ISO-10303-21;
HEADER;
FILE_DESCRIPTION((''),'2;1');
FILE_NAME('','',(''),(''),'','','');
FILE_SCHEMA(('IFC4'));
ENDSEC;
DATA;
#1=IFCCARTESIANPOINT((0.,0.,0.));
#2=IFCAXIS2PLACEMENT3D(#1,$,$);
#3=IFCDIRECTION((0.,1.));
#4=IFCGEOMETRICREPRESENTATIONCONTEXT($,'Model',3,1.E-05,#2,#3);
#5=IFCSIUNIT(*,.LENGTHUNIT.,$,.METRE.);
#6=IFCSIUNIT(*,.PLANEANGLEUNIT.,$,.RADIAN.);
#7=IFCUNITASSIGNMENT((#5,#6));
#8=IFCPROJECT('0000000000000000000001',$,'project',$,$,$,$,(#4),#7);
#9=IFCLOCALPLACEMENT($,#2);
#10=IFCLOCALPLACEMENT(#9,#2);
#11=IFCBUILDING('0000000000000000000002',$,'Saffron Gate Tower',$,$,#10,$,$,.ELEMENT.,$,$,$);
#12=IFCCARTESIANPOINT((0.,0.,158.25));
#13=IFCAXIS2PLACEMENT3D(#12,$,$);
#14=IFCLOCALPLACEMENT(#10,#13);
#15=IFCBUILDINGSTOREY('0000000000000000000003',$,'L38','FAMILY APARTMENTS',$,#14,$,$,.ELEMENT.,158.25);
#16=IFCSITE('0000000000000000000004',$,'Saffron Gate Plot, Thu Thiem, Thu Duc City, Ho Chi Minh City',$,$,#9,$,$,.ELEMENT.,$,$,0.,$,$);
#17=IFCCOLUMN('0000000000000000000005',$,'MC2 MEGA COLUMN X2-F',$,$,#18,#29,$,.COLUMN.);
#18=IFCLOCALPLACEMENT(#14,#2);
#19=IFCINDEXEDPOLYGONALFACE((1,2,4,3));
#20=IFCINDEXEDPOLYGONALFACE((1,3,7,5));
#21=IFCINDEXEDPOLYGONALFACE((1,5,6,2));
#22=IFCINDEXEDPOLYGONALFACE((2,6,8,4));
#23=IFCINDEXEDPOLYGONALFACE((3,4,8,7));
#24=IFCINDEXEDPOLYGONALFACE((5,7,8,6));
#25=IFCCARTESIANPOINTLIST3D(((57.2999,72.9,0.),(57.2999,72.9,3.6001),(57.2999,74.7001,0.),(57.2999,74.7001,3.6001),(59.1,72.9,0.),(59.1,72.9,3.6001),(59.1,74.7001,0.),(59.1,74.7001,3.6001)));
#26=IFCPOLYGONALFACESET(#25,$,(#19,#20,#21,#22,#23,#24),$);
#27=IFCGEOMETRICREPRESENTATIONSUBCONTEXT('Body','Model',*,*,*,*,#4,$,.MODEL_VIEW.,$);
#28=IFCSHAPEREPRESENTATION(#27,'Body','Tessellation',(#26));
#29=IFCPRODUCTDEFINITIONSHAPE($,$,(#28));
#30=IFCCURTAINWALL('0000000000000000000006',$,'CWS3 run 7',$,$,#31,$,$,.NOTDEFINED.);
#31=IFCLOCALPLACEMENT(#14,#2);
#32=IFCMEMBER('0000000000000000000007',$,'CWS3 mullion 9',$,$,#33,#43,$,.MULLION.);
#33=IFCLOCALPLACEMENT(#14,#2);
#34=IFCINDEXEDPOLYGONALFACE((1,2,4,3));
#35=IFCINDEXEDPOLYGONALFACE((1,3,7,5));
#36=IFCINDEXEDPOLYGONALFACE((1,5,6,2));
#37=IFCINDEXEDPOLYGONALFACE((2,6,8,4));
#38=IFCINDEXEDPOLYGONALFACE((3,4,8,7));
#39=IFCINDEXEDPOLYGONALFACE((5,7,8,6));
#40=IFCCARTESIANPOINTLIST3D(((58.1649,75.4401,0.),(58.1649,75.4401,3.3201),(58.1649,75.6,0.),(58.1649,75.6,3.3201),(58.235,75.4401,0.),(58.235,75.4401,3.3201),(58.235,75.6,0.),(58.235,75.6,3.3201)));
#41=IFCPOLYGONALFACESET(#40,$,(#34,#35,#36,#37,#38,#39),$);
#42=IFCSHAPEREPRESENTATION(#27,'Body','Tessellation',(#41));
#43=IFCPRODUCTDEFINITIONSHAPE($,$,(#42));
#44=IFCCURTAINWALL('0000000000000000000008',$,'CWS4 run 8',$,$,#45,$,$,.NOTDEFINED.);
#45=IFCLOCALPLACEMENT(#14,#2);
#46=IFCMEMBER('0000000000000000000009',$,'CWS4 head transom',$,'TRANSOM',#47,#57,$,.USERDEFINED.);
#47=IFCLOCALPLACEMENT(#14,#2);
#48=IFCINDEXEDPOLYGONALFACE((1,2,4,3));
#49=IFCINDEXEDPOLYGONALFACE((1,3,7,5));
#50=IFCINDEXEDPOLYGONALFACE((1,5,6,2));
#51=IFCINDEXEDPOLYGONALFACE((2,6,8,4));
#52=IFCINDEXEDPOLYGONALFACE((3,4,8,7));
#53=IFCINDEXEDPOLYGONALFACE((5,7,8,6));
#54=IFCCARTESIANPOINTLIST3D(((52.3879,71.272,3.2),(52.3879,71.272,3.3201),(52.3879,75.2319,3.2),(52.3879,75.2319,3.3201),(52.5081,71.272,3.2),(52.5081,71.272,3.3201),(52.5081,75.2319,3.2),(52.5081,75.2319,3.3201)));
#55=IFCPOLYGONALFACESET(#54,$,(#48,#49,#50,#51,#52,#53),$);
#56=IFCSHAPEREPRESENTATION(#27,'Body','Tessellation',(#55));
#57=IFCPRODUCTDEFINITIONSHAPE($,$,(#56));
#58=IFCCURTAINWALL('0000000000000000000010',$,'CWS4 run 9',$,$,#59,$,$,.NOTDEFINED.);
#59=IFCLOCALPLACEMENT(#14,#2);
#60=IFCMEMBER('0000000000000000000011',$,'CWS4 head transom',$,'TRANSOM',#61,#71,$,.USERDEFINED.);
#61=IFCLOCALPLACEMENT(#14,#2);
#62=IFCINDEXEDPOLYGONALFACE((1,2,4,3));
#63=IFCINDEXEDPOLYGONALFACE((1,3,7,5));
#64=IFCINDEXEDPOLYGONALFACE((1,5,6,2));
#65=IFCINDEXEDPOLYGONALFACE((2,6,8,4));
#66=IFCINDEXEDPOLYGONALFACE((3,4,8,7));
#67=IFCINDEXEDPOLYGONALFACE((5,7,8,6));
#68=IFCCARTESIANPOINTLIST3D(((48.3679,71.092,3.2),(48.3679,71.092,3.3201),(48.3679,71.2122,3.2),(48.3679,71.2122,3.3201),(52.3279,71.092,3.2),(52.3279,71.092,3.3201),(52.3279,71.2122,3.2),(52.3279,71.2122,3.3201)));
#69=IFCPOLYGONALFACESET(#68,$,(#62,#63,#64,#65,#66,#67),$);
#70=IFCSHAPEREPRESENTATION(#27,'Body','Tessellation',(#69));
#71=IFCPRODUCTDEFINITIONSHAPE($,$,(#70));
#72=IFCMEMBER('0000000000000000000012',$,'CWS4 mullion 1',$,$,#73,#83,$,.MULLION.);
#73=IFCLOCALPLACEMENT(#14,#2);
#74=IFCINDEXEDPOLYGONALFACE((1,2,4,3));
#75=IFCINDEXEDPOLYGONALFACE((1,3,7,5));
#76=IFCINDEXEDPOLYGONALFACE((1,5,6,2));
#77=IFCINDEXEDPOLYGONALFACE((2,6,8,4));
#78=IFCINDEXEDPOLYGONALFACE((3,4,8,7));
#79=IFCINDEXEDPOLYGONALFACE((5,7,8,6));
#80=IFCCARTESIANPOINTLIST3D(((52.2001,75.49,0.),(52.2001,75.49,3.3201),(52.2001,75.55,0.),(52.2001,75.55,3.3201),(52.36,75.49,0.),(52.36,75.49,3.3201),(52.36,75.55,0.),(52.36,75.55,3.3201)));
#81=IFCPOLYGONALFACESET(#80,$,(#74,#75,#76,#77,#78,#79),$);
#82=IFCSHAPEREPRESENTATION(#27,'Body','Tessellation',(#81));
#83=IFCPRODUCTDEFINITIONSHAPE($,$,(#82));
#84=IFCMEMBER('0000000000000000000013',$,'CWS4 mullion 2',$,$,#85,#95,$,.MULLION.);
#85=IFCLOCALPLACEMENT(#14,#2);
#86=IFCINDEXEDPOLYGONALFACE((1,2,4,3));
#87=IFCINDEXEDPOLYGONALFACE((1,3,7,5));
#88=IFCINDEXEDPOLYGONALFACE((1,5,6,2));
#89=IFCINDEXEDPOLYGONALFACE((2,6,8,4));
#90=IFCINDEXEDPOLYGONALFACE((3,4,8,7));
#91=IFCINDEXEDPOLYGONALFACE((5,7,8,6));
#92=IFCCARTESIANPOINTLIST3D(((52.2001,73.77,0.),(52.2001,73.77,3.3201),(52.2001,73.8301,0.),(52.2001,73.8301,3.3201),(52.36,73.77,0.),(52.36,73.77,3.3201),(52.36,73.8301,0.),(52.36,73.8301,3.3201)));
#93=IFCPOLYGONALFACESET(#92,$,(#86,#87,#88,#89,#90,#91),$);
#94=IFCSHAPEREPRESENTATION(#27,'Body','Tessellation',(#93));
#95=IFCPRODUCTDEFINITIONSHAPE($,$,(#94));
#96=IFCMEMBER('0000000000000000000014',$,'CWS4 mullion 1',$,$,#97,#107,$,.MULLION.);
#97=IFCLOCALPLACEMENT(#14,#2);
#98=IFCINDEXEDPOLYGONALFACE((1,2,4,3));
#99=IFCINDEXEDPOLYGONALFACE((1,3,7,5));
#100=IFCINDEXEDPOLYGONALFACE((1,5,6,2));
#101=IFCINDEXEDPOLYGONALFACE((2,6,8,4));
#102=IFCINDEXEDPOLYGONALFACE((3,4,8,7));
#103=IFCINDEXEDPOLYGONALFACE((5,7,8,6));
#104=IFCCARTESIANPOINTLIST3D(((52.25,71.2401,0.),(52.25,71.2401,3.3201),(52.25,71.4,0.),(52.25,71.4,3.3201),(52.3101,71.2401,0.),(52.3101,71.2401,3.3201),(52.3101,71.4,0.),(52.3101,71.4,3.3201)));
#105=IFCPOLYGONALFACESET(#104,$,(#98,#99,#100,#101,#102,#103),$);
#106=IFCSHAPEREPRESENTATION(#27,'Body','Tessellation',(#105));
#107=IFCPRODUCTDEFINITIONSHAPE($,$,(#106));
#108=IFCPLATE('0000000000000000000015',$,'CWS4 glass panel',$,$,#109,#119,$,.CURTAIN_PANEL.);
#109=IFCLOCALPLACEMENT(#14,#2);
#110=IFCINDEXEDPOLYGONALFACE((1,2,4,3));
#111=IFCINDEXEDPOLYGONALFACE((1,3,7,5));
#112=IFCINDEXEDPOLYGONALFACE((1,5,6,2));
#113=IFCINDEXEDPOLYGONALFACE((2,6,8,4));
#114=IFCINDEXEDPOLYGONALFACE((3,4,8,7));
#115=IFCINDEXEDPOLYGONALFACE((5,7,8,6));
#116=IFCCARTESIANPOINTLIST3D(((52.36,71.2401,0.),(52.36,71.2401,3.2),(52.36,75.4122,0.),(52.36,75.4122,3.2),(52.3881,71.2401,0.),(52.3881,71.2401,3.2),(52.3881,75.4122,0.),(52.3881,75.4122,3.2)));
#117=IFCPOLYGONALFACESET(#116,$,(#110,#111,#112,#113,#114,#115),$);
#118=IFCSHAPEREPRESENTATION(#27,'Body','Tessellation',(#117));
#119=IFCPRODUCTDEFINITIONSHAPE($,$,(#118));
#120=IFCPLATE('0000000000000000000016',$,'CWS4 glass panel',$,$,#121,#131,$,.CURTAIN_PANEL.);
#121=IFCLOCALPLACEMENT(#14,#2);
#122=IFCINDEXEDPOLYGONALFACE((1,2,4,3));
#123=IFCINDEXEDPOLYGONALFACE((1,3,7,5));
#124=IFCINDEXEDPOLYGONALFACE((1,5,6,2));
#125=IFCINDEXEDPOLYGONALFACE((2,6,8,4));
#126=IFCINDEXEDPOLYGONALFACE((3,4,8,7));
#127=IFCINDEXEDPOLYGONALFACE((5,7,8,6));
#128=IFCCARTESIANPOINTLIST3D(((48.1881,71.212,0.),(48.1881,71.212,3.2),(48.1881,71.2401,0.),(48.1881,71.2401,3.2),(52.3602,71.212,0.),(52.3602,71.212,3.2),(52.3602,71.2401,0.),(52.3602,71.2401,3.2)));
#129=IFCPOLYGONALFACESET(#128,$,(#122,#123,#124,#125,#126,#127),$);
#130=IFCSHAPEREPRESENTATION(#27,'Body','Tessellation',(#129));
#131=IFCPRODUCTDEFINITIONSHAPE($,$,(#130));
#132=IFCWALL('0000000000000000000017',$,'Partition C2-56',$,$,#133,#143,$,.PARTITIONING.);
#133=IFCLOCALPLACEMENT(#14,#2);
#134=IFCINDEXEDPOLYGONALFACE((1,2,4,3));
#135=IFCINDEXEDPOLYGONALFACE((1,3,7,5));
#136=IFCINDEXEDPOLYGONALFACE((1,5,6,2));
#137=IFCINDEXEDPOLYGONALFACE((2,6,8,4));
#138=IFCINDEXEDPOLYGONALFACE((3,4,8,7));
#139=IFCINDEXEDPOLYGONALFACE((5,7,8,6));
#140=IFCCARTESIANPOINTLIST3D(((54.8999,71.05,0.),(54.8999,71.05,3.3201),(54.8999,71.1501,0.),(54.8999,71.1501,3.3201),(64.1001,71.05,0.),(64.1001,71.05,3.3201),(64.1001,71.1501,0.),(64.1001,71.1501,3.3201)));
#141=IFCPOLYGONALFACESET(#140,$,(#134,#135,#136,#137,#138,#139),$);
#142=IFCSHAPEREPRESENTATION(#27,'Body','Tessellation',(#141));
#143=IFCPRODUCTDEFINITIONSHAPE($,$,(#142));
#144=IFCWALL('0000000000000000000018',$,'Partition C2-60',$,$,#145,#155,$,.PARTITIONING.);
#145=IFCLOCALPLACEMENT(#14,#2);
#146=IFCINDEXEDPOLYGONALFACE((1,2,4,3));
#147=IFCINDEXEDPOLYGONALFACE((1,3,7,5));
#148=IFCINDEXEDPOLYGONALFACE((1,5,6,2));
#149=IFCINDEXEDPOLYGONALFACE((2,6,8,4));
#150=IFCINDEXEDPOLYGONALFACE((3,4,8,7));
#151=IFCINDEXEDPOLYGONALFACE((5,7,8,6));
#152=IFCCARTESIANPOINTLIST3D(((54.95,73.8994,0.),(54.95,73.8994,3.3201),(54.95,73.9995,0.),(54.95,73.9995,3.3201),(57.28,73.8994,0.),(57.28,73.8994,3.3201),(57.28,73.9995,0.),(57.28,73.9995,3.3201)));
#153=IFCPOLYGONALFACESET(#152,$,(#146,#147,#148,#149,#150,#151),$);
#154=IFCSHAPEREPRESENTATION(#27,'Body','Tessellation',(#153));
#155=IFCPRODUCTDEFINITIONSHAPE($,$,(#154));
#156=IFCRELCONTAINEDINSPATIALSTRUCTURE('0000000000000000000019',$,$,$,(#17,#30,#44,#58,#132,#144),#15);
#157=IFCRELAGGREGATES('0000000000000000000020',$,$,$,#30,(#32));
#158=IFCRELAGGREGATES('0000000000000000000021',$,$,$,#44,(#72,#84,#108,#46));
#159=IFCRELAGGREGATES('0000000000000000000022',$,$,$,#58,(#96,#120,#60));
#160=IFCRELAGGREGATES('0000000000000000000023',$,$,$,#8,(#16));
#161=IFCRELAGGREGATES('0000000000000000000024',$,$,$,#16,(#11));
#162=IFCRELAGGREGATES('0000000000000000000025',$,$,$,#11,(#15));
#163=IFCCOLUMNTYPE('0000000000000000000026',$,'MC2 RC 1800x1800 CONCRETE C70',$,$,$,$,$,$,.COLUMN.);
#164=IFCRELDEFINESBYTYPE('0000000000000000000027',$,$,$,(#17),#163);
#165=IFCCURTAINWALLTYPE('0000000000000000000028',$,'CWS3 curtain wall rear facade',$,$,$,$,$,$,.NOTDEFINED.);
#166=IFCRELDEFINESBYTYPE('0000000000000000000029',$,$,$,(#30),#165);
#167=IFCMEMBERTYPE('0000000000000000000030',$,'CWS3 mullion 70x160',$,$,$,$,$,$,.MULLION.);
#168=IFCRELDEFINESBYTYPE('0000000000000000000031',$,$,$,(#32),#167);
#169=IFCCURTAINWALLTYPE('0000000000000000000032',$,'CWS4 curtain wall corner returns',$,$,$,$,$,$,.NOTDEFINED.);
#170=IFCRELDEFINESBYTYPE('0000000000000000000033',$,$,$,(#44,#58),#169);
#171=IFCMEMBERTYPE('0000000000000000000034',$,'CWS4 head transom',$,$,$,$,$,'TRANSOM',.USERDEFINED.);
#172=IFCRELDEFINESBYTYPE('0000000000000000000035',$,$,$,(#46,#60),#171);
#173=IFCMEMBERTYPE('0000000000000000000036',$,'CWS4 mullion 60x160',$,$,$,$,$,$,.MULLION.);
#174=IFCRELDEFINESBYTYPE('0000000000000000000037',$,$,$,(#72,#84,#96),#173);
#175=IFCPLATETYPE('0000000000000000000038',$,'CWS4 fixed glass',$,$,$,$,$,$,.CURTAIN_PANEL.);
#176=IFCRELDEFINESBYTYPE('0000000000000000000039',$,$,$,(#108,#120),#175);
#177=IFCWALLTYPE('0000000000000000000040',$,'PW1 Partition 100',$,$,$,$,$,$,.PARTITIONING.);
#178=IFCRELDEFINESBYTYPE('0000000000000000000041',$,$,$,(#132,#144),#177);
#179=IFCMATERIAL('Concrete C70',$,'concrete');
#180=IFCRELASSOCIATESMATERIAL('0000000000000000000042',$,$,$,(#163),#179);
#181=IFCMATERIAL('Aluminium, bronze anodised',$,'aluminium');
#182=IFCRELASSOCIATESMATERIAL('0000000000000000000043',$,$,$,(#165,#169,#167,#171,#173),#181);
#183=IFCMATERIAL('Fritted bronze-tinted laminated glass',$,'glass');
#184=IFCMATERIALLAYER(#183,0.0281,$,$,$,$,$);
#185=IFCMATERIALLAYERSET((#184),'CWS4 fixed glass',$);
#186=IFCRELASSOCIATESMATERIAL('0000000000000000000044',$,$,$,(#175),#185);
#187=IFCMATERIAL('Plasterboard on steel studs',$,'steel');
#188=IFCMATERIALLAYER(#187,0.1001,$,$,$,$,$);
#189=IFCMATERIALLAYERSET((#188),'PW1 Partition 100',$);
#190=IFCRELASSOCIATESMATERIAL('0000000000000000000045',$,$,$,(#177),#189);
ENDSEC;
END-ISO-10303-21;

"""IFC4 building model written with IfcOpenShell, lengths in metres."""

from ifc_helpers import new_model, si_unit, direction, frame, frame_2d, origin, origin_2d, place, context, subcontext, project, spatial, rectangle, extrude, material, layer, layer_set, material_profile, profile_set, type_object, element, aggregate, save


model = new_model("IFC4")

# Units and contexts
model_context = context("Model", 3, precision=1e-05, world=origin(), true_north=direction((0.0, 1.0)))
body_context = subcontext(model_context, "Body", "Model", "MODEL_VIEW")
ifc_project = project(units=[si_unit("LENGTHUNIT", "METRE"), si_unit("PLANEANGLEUNIT", "RADIAN")], contexts=[model_context])

# Site, building, storey
site_placement = place(None, origin())
site = spatial("IfcSite", under=ifc_project, at=site_placement, Name="Saffron Gate Plot, Thu Thiem, Thu Duc City, Ho Chi Minh City", CompositionType="ELEMENT", RefElevation=0.0)
building_placement = place(site_placement, origin())
building = spatial("IfcBuilding", under=site, at=building_placement, Name="Saffron Gate Tower", CompositionType="ELEMENT")
storey_placement = place(building_placement, frame((0.0, 0.0, 158.25)))
storey = spatial("IfcBuildingStorey", under=building, at=storey_placement, Name="L38", Description="FAMILY APARTMENTS", CompositionType="ELEMENT", Elevation=158.25)

# Column
ifc_material_1 = material(Name="Concrete C70", Category="concrete")
ifc_material_profile_1 = material_profile(ifc_material_1, rectangle(XDim=1.8, YDim=1.8, at=origin_2d()))
ifc_profile_set_1 = profile_set([ifc_material_profile_1], Name="Concrete C70")
column_type = type_object("IfcColumnType", Name="MC2 RC 1800x1800 CONCRETE C70", PredefinedType="COLUMN", material=ifc_profile_set_1)
column_placement = place(storey_placement, frame((58.2, 73.8, 0.0), z_axis=(0.0, 0.0, 1.0), x_axis=(1.0, 0.0, 0.0)))
element("IfcColumn", 1, at=column_placement, inside=storey, type_object=column_type, Name="MC2 MEGA COLUMN X2-F", PredefinedType="COLUMN", context=body_context, shape_type="SweptSolid", body=[
    extrude(rectangle(XDim=1.8, YDim=1.8, at=origin_2d()), origin(), (0.0, 0.0, 1.0), 3.6001),
])

# Curtain walls, members
ifc_material_2 = material(Name="Aluminium, bronze anodised", Category="aluminium")
curtain_wall_type_1 = type_object("IfcCurtainWallType", Name="CWS3 curtain wall rear facade", PredefinedType="NOTDEFINED", material=ifc_material_2)
curtain_wall_1_placement = place(storey_placement, origin())
curtain_wall_1 = element("IfcCurtainWall", 2, at=curtain_wall_1_placement, inside=storey, type_object=curtain_wall_type_1, Name="CWS3 run 7", PredefinedType="NOTDEFINED")
ifc_material_profile_2 = material_profile(ifc_material_2, rectangle(XDim=0.1599, YDim=0.0701, at=origin_2d()))
ifc_profile_set_2 = profile_set([ifc_material_profile_2], Name="Aluminium, bronze anodised")
member_type_1 = type_object("IfcMemberType", Name="CWS3 mullion 70x160", PredefinedType="MULLION", material=ifc_profile_set_2)
member_1_placement = place(storey_placement, frame((58.2, 75.52, 0.0), z_axis=(0.0, 0.0, 1.0), x_axis=(0.0, -1.0, 0.0)))
member_1 = element("IfcMember", 3, at=member_1_placement, type_object=member_type_1, Name="CWS3 mullion 9", PredefinedType="MULLION", context=body_context, shape_type="SweptSolid", body=[
    extrude(rectangle(XDim=0.1599, YDim=0.0701, at=origin_2d()), origin(), (0.0, 0.0, 1.0), 3.3201),
])
aggregate(curtain_wall_1, [member_1])
curtain_wall_type_2 = type_object("IfcCurtainWallType", Name="CWS4 curtain wall corner returns", PredefinedType="NOTDEFINED", material=ifc_material_2)
curtain_wall_2_placement = place(storey_placement, origin())
curtain_wall_2 = element("IfcCurtainWall", 4, at=curtain_wall_2_placement, inside=storey, type_object=curtain_wall_type_2, Name="CWS4 run 8", PredefinedType="NOTDEFINED")
ifc_material_profile_3 = material_profile(ifc_material_2, rectangle(XDim=0.1201, YDim=0.1201, at=origin_2d()))
ifc_profile_set_3 = profile_set([ifc_material_profile_3], Name="Aluminium, bronze anodised")
member_type_2 = type_object("IfcMemberType", Name="CWS4 head transom", ElementType="TRANSOM", PredefinedType="USERDEFINED", material=ifc_profile_set_3)
member_2_placement = place(storey_placement, frame((52.448, 75.2319, 3.26), z_axis=(0.0, -1.0, 0.0), x_axis=(1.0, 0.0, 0.0)))
member_2 = element("IfcMember", 5, at=member_2_placement, type_object=member_type_2, Name="CWS4 head transom", ObjectType="TRANSOM", PredefinedType="USERDEFINED", context=body_context, shape_type="SweptSolid", body=[
    extrude(rectangle(XDim=0.1201, YDim=0.1201, at=origin_2d()), origin(), (0.0, 0.0, 1.0), 3.96),
])
curtain_wall_3_placement = place(storey_placement, origin())
curtain_wall_3 = element("IfcCurtainWall", 6, at=curtain_wall_3_placement, inside=storey, type_object=curtain_wall_type_2, Name="CWS4 run 9", PredefinedType="NOTDEFINED")
member_3_placement = place(storey_placement, frame((52.3279, 71.1521, 3.26), z_axis=(-1.0, 0.0, 0.0), x_axis=(0.0, -1.0, 0.0)))
member_3 = element("IfcMember", 7, at=member_3_placement, type_object=member_type_2, Name="CWS4 head transom", ObjectType="TRANSOM", PredefinedType="USERDEFINED", context=body_context, shape_type="SweptSolid", body=[
    extrude(rectangle(XDim=0.1201, YDim=0.1201, at=origin_2d()), origin(), (0.0, 0.0, 1.0), 3.96),
])

# Members
ifc_material_profile_4 = material_profile(ifc_material_2, rectangle(XDim=0.1599, YDim=0.0601, at=origin_2d()))
ifc_profile_set_4 = profile_set([ifc_material_profile_4], Name="Aluminium, bronze anodised")
member_type_3 = type_object("IfcMemberType", Name="CWS4 mullion 60x160", PredefinedType="MULLION", material=ifc_profile_set_4)
member_4_placement = place(storey_placement, frame((52.28, 75.52, 0.0), z_axis=(0.0, 0.0, 1.0), x_axis=(1.0, 0.0, 0.0)))
member_4 = element("IfcMember", 8, at=member_4_placement, type_object=member_type_3, Name="CWS4 mullion 1", PredefinedType="MULLION", context=body_context, shape_type="SweptSolid", body=[
    extrude(rectangle(XDim=0.1599, YDim=0.0601, at=origin_2d()), origin(), (0.0, 0.0, 1.0), 3.3201),
])
member_5_placement = place(storey_placement, frame((52.28, 73.8, 0.0), z_axis=(0.0, 0.0, 1.0), x_axis=(1.0, 0.0, 0.0)))
member_5 = element("IfcMember", 9, at=member_5_placement, type_object=member_type_3, Name="CWS4 mullion 2", PredefinedType="MULLION", context=body_context, shape_type="SweptSolid", body=[
    extrude(rectangle(XDim=0.1599, YDim=0.0601, at=origin_2d()), origin(), (0.0, 0.0, 1.0), 3.3201),
])
member_6_placement = place(storey_placement, frame((52.28, 71.3201, 0.0), z_axis=(0.0, 0.0, 1.0), x_axis=(0.0, -1.0, 0.0)))
member_6 = element("IfcMember", 10, at=member_6_placement, type_object=member_type_3, Name="CWS4 mullion 1", PredefinedType="MULLION", context=body_context, shape_type="SweptSolid", body=[
    extrude(rectangle(XDim=0.1599, YDim=0.0601, at=origin_2d()), origin(), (0.0, 0.0, 1.0), 3.3201),
])

# Plates
ifc_material_3 = material(Name="Fritted bronze-tinted laminated glass", Category="glass")
ifc_layer_1 = layer(ifc_material_3, 0.0281)
ifc_layer_set_1 = layer_set([ifc_layer_1], Name="CWS4 fixed glass")
plate_type = type_object("IfcPlateType", Name="CWS4 fixed glass", PredefinedType="CURTAIN_PANEL", material=ifc_layer_set_1)
plate_1_placement = place(storey_placement, frame((52.374, 75.4121, 0.0), z_axis=(0.0, 0.0, 1.0), x_axis=(0.0, -1.0, 0.0)))
plate_1 = element("IfcPlate", 11, at=plate_1_placement, type_object=plate_type, Name="CWS4 glass panel", PredefinedType="CURTAIN_PANEL", context=body_context, shape_type="SweptSolid", body=[
    extrude(rectangle(XDim=4.1721, YDim=0.0281, at=frame_2d((2.0859, 0.0))), origin(), (0.0, 0.0, 1.0), 3.2),
])
aggregate(curtain_wall_2, [member_4, member_5, plate_1, member_2])
plate_2_placement = place(storey_placement, frame((52.3601, 71.2261, 0.0), z_axis=(0.0, 0.0, 1.0), x_axis=(-1.0, 0.0, 0.0)))
plate_2 = element("IfcPlate", 12, at=plate_2_placement, type_object=plate_type, Name="CWS4 glass panel", PredefinedType="CURTAIN_PANEL", context=body_context, shape_type="SweptSolid", body=[
    extrude(rectangle(XDim=4.1721, YDim=0.0281, at=frame_2d((2.0859, 0.0))), origin(), (0.0, 0.0, 1.0), 3.2),
])
aggregate(curtain_wall_3, [member_6, plate_2, member_3])

# Walls
ifc_material_4 = material(Name="Plasterboard on steel studs", Category="steel")
ifc_layer_2 = layer(ifc_material_4, 0.1001)
ifc_layer_set_2 = layer_set([ifc_layer_2], Name="PW1 Partition 100")
wall_type = type_object("IfcWallType", Name="PW1 Partition 100", PredefinedType="PARTITIONING", material=ifc_layer_set_2)
wall_1_placement = place(storey_placement, frame((54.8999, 71.1001, 0.0), z_axis=(0.0, 0.0, 1.0), x_axis=(1.0, 0.0, 0.0)))
element("IfcWall", 13, at=wall_1_placement, inside=storey, type_object=wall_type, Name="Partition C2-56", PredefinedType="PARTITIONING", context=body_context, shape_type="SweptSolid", body=[
    extrude(rectangle(XDim=9.2002, YDim=0.1001, at=frame_2d((4.6001, 0.0))), origin(), (0.0, 0.0, 1.0), 3.3201),
])
wall_2_placement = place(storey_placement, frame((54.95, 73.9495, 0.0), z_axis=(0.0, 0.0, 1.0), x_axis=(1.0, 0.0, 0.0)))
element("IfcWall", 14, at=wall_2_placement, inside=storey, type_object=wall_type, Name="Partition C2-60", PredefinedType="PARTITIONING", context=body_context, shape_type="SweptSolid", body=[
    extrude(rectangle(XDim=2.3301, YDim=0.1001, at=frame_2d((1.165, 0.0))), origin(), (0.0, 0.0, 1.0), 3.3201),
])

save(model, "model.ifc")
